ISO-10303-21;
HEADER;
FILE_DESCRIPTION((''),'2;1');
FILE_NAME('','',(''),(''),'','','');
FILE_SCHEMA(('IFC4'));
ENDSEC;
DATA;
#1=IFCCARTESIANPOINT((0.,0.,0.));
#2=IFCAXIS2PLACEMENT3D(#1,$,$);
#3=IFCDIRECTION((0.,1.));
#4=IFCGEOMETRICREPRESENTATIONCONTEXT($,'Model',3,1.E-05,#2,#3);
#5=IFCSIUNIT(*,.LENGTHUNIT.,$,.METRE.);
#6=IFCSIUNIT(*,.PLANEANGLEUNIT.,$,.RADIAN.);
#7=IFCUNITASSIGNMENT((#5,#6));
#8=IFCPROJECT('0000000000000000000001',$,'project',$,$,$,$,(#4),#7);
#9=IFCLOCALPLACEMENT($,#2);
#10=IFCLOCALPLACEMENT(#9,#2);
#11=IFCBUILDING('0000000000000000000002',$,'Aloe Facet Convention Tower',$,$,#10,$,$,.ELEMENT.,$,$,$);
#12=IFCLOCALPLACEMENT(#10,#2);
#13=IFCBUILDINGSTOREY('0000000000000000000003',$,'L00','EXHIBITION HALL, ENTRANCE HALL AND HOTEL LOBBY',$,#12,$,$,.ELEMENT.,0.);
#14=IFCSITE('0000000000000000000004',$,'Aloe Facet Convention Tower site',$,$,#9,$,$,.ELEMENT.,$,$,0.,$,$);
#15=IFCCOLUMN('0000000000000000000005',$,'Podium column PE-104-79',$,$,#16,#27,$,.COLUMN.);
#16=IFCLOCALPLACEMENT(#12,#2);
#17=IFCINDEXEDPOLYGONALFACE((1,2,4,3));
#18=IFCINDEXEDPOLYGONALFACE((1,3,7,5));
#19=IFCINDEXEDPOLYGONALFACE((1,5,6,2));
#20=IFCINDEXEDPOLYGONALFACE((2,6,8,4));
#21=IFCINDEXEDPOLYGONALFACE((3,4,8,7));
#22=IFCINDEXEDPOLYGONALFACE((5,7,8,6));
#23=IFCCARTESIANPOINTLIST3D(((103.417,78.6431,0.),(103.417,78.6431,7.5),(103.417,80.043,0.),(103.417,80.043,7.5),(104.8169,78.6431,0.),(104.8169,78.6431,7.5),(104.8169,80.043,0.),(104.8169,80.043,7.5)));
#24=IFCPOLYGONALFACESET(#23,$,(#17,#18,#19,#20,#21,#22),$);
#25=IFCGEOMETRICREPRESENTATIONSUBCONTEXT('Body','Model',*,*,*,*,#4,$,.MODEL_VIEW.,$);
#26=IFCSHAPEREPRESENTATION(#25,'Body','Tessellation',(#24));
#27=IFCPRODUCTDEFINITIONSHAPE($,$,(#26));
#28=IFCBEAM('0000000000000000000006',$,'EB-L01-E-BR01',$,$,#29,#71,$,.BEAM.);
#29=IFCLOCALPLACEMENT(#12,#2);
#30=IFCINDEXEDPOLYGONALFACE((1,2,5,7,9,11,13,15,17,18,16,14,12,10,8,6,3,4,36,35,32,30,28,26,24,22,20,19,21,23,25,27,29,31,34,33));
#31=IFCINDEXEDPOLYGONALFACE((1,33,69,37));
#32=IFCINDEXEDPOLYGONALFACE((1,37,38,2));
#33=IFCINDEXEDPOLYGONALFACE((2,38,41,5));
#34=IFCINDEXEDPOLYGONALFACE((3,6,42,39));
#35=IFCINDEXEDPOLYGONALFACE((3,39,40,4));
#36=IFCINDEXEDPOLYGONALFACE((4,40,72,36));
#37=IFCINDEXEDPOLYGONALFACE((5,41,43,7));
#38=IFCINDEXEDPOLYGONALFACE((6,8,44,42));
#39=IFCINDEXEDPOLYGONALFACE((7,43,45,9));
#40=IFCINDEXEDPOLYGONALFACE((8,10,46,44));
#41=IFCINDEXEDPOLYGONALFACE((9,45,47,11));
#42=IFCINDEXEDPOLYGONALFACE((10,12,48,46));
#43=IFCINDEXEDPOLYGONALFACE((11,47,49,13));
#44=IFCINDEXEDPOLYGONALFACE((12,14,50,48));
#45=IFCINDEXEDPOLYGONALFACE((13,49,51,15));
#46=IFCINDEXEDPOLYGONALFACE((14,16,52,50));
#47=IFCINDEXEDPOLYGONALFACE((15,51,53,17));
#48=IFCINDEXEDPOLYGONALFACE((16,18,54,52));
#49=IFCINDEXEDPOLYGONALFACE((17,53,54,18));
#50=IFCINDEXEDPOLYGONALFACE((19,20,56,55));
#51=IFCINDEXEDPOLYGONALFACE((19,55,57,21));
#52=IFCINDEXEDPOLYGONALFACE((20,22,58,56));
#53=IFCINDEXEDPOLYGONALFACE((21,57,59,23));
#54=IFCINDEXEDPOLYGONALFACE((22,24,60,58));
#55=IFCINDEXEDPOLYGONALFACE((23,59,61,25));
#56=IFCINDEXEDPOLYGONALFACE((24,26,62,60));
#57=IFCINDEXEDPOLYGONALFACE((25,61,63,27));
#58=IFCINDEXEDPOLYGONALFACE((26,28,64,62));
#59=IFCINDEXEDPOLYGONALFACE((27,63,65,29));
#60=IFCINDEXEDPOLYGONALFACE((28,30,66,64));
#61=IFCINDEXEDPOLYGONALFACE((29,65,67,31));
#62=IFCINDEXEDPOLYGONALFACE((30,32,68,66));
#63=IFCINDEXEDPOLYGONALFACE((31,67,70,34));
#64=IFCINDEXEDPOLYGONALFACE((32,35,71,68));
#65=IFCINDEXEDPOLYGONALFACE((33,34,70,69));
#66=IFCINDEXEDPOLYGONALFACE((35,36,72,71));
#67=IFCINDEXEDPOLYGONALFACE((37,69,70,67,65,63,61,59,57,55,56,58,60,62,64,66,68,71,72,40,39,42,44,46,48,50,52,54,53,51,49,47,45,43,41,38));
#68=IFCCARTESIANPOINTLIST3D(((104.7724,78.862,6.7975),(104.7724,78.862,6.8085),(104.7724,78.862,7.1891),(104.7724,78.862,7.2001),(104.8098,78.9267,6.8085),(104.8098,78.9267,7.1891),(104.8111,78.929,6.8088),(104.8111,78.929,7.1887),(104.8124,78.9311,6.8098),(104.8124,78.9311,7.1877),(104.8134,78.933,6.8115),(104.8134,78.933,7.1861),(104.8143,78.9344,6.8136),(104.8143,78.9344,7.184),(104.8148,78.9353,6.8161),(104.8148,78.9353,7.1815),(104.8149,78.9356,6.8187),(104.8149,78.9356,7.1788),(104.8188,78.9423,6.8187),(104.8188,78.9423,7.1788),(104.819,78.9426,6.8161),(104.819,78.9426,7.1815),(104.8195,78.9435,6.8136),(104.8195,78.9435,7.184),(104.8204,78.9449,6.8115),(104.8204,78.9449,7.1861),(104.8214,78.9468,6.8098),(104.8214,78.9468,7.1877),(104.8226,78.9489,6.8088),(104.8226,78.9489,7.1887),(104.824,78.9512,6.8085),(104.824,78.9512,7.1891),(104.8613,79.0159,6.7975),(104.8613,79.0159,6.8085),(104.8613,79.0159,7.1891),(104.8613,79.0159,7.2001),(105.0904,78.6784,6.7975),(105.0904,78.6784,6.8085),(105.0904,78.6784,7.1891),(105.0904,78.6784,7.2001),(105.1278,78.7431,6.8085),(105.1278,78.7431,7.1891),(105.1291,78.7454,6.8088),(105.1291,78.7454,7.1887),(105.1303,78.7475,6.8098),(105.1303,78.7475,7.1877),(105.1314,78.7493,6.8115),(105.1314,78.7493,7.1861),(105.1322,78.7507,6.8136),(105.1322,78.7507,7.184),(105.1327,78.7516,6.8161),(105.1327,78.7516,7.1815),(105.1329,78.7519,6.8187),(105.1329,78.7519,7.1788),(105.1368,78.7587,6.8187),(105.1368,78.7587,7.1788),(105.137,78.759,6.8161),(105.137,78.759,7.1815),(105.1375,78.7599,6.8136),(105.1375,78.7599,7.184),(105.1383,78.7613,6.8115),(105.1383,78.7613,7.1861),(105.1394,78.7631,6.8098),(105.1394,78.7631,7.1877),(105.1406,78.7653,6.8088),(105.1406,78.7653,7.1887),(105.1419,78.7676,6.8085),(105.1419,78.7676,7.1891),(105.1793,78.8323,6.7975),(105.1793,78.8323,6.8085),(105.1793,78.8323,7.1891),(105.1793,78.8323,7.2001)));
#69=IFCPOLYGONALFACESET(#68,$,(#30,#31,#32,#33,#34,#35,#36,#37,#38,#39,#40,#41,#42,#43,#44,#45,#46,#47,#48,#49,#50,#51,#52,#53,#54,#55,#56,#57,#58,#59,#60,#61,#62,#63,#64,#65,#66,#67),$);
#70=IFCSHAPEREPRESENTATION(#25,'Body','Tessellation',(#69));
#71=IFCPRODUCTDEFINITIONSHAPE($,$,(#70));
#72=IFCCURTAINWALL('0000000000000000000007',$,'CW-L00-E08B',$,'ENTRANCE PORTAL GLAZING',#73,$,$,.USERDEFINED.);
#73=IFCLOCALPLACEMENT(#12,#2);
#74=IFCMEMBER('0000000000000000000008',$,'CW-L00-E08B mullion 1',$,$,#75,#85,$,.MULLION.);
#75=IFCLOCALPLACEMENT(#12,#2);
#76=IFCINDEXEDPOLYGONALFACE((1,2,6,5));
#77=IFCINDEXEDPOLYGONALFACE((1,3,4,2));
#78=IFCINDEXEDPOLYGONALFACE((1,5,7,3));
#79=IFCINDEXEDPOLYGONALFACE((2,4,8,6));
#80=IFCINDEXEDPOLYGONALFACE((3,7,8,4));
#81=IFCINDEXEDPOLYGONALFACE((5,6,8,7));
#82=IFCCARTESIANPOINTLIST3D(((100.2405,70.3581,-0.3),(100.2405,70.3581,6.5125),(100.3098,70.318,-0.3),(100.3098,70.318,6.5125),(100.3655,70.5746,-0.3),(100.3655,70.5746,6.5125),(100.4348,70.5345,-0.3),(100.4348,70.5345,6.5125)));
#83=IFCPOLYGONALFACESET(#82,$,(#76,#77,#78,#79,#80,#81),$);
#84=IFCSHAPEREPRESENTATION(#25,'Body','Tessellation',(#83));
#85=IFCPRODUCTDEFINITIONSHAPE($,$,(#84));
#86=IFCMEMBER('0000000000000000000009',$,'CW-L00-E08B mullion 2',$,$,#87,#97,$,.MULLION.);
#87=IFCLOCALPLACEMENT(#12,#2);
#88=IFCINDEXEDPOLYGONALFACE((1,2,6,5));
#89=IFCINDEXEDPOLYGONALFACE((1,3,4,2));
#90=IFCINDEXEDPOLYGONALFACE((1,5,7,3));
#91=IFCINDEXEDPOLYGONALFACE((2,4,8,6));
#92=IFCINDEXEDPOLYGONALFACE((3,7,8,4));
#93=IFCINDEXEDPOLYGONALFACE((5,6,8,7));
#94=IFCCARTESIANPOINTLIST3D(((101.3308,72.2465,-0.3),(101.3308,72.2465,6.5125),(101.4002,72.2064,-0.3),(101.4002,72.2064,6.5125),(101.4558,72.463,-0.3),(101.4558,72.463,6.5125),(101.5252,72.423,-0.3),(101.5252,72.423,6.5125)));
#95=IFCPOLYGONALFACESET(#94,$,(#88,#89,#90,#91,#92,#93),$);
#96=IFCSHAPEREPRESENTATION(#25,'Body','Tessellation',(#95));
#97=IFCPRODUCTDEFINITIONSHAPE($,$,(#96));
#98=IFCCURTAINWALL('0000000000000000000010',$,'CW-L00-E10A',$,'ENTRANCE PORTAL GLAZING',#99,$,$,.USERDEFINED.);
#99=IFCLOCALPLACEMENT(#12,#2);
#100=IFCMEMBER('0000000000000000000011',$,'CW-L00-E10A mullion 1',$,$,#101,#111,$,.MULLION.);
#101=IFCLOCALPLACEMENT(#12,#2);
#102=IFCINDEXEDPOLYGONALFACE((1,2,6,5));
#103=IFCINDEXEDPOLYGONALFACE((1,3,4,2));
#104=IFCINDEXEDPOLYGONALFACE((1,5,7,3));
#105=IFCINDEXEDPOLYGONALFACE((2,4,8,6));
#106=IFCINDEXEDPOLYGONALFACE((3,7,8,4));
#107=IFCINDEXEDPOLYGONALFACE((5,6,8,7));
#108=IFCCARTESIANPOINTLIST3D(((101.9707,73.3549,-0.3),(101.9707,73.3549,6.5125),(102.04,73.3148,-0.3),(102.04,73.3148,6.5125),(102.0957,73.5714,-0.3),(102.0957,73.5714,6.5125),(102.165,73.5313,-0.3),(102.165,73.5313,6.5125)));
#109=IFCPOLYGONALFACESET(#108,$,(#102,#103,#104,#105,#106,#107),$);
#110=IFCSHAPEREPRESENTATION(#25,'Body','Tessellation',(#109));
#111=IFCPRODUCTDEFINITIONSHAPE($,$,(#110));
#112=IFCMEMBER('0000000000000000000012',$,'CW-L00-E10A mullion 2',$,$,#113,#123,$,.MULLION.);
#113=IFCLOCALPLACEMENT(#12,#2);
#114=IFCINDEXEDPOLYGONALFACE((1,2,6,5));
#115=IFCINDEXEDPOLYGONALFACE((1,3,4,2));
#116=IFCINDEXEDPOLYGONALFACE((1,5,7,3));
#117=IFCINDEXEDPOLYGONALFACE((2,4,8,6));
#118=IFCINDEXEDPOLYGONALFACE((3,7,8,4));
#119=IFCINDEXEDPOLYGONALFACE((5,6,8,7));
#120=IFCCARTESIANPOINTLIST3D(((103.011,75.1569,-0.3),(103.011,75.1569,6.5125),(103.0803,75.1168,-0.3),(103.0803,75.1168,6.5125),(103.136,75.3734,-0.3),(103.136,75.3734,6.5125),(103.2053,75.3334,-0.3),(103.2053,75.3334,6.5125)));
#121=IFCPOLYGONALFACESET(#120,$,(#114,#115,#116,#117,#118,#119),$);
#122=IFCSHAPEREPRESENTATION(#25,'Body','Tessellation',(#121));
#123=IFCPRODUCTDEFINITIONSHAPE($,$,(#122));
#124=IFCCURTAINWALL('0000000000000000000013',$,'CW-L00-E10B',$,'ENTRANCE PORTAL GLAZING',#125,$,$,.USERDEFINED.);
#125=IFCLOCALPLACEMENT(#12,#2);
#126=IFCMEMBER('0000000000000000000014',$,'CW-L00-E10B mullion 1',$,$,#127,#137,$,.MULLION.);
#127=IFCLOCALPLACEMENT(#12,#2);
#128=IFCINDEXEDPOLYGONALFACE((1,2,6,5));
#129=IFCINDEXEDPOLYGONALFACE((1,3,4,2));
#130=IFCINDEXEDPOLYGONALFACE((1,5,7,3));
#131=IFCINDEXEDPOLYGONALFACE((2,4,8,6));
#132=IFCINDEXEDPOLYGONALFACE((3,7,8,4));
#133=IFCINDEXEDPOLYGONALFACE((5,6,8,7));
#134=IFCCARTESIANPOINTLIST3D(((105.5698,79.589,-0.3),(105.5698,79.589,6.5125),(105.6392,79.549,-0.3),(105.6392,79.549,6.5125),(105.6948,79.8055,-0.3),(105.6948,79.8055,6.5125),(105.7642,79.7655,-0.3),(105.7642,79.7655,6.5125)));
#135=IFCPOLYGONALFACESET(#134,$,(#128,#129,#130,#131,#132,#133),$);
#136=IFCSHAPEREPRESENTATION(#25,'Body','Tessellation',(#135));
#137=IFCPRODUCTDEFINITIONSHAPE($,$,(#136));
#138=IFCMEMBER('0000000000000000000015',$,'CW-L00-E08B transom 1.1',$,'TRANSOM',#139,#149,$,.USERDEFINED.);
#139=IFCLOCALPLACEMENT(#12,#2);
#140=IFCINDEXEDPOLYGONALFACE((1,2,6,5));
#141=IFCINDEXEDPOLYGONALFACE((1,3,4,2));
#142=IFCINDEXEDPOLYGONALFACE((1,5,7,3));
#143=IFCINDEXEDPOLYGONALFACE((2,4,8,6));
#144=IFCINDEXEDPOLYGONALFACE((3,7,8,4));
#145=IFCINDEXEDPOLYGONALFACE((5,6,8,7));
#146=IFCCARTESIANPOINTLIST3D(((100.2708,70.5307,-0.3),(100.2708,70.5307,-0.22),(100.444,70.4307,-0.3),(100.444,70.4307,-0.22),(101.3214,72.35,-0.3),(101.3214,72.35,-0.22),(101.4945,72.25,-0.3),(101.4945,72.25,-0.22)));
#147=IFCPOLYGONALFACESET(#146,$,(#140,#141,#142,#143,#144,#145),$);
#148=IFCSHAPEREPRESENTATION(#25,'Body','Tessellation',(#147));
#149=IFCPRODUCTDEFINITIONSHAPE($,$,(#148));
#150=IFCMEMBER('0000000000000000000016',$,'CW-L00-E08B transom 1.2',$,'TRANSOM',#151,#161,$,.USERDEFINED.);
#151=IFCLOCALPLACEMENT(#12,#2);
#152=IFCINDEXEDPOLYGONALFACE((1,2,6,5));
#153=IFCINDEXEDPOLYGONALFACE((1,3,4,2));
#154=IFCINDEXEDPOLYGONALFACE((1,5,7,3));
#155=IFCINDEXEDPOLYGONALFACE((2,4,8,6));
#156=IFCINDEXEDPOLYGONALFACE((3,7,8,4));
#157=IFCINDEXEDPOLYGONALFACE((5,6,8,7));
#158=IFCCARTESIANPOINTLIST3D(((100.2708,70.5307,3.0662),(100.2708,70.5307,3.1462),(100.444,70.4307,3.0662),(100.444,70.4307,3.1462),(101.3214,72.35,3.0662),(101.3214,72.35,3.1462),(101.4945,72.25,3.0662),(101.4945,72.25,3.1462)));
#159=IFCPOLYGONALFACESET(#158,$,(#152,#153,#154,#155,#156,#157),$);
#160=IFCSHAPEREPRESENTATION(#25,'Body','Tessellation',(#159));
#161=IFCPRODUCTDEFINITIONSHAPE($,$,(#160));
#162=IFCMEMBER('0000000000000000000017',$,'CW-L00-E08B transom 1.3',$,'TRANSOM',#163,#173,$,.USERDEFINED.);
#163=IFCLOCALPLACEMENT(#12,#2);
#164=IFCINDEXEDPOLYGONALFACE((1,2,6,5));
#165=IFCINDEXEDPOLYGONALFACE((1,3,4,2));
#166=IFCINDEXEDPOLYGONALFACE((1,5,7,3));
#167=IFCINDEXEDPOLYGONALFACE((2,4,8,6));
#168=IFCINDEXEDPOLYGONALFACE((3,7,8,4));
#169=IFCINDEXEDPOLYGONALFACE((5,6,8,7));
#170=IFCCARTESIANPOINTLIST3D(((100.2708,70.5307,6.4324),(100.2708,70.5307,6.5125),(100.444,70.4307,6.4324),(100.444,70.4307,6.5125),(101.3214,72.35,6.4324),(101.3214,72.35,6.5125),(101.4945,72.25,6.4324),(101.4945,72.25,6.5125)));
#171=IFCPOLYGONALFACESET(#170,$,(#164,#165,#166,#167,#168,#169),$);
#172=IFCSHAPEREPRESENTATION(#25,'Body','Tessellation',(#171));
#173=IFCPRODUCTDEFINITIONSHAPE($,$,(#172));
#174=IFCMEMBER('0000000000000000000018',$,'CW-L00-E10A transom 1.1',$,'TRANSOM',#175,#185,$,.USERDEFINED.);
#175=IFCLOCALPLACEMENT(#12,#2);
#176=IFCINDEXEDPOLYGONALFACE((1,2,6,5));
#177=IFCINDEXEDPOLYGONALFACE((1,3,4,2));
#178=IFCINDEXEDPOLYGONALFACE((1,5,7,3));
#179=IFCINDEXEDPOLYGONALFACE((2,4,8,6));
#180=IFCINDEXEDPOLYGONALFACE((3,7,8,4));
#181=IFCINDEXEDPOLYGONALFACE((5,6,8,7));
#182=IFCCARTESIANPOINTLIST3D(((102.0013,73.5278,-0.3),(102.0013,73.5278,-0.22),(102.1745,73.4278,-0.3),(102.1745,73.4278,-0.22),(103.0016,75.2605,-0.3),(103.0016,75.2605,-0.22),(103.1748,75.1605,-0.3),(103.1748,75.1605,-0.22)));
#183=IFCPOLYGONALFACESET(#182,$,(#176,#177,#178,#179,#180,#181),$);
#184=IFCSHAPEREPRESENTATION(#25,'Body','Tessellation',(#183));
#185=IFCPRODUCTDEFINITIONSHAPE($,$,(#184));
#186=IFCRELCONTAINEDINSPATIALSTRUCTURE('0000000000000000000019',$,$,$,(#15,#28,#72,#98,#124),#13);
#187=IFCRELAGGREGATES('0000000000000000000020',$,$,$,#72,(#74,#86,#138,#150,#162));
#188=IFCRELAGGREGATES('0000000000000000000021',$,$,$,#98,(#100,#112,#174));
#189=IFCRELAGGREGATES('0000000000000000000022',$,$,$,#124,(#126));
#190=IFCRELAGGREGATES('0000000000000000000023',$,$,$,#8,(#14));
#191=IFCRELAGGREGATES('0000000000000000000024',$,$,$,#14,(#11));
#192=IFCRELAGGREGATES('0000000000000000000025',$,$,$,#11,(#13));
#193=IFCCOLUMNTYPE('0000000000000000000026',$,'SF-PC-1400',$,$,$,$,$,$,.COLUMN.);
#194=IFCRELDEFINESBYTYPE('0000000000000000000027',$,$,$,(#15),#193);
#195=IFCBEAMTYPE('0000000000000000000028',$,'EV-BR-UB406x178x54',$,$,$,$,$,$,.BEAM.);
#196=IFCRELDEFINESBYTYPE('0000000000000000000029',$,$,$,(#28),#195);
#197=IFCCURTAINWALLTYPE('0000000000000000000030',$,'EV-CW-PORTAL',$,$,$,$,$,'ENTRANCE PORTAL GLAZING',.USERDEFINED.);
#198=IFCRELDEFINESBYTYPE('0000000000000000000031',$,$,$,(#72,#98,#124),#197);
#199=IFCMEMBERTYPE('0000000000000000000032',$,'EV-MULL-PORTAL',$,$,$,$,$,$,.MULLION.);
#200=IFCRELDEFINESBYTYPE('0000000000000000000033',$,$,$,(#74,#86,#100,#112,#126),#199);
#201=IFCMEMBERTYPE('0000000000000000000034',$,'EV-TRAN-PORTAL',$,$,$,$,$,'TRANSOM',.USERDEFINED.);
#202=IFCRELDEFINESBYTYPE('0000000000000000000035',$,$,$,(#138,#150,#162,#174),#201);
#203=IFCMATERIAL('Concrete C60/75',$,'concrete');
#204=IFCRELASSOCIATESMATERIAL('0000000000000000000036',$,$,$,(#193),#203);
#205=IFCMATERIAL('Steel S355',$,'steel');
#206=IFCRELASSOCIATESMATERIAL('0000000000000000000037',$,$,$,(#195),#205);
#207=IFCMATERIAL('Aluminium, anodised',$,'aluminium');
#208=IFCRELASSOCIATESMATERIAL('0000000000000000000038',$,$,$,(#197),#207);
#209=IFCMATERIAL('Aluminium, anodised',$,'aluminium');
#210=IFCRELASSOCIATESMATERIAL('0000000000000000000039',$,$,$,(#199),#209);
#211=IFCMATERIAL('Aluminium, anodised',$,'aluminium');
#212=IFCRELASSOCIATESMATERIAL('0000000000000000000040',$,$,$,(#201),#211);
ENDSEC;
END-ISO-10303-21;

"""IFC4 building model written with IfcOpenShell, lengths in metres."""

from ifc_helpers import new_model, si_unit, direction, frame, origin, origin_2d, place, context, subcontext, project, spatial, rectangle, i_section, extrude, material, material_profile, profile_set, type_object, element, aggregate, save


model = new_model("IFC4")

# Units and contexts
model_context = context("Model", 3, precision=1e-05, world=origin(), true_north=direction((0.0, 1.0)))
body_context = subcontext(model_context, "Body", "Model", "MODEL_VIEW")
ifc_project = project(units=[si_unit("LENGTHUNIT", "METRE"), si_unit("PLANEANGLEUNIT", "RADIAN")], contexts=[model_context])

# Site, building, storey
site_placement = place(None, origin())
site = spatial("IfcSite", under=ifc_project, at=site_placement, Name="Aloe Facet Convention Tower site", CompositionType="ELEMENT", RefElevation=0.0)
building_placement = place(site_placement, origin())
building = spatial("IfcBuilding", under=site, at=building_placement, Name="Aloe Facet Convention Tower", CompositionType="ELEMENT")
storey_placement = place(building_placement, origin())
storey = spatial("IfcBuildingStorey", under=building, at=storey_placement, Name="L00", Description="EXHIBITION HALL, ENTRANCE HALL AND HOTEL LOBBY", CompositionType="ELEMENT", Elevation=0.0)

# Column
ifc_material_1 = material(Name="Concrete C60/75", Category="concrete")
ifc_material_profile_1 = material_profile(ifc_material_1, rectangle(XDim=1.3999, YDim=1.3999, at=origin_2d()), Name="SF-PC-1400")
ifc_profile_set_1 = profile_set([ifc_material_profile_1], Name="Concrete C60/75")
column_type = type_object("IfcColumnType", Name="SF-PC-1400", PredefinedType="COLUMN", material=ifc_profile_set_1)
column_placement = place(storey_placement, frame((104.1169, 79.343, 0.0), z_axis=(0.0, 0.0, 1.0), x_axis=(1.0, 0.0, 0.0)))
element("IfcColumn", 1, at=column_placement, inside=storey, type_object=column_type, Name="Podium column PE-104-79", PredefinedType="COLUMN", context=body_context, shape_type="SweptSolid", body=[
    extrude(rectangle(XDim=1.3999, YDim=1.3999, at=origin_2d()), origin(), (0.0, 0.0, 1.0), 7.5),
])

# Beam
ifc_material_2 = material(Name="Steel S355", Category="steel")
ifc_material_profile_2 = material_profile(ifc_material_2, i_section(OverallWidth=0.1777, OverallDepth=0.4026, WebThickness=0.0078, FlangeThickness=0.011, FilletRadius=0.0103, at=origin_2d()), Name="UB 406x178x54")
ifc_profile_set_2 = profile_set([ifc_material_profile_2], Name="Steel S355")
beam_type_1 = type_object("IfcBeamType", Name="EV-BR-UB406x178x54", PredefinedType="BEAM", material=ifc_profile_set_2)
beam_1_placement = place(storey_placement, frame((104.8169, 78.939, 6.9988), z_axis=(0.865942, -0.500145, 0.0), x_axis=(0.500145, 0.865942, 0.0)))
element("IfcBeam", 2, at=beam_1_placement, inside=storey, type_object=beam_type_1, Name="EB-L01-E-BR01", PredefinedType="BEAM", context=body_context, shape_type="SweptSolid", body=[
    extrude(i_section(OverallWidth=0.1777, OverallDepth=0.4026, WebThickness=0.0078, FlangeThickness=0.011, FilletRadius=0.0103, at=origin_2d()), origin(), (0.0, 0.0, 1.0), 0.3672),
])

# Curtain walls, members
ifc_material_3 = material(Name="Aluminium, anodised", Category="aluminium")
curtain_wall_type = type_object("IfcCurtainWallType", Name="EV-CW-PORTAL", ElementType="ENTRANCE PORTAL GLAZING", PredefinedType="USERDEFINED", material=ifc_material_3)
curtain_wall_1_placement = place(storey_placement, origin())
curtain_wall_1 = element("IfcCurtainWall", 3, at=curtain_wall_1_placement, inside=storey, type_object=curtain_wall_type, Name="CW-L00-E08B", ObjectType="ENTRANCE PORTAL GLAZING", PredefinedType="USERDEFINED")
ifc_material_4 = material(Name="Aluminium, anodised", Category="aluminium")
ifc_material_profile_3 = material_profile(ifc_material_4, rectangle(XDim=0.0801, YDim=0.25, at=origin_2d()), Name="AL 80x250")
ifc_profile_set_3 = profile_set([ifc_material_profile_3], Name="Aluminium, anodised")
member_type_1 = type_object("IfcMemberType", Name="EV-MULL-PORTAL", PredefinedType="MULLION", material=ifc_profile_set_3)
member_1_placement = place(storey_placement, frame((100.3376, 70.4463, -0.3), z_axis=(0.0, 0.0, 1.0), x_axis=(-0.866025, 0.5, 0.0)))
member_1 = element("IfcMember", 4, at=member_1_placement, type_object=member_type_1, Name="CW-L00-E08B mullion 1", PredefinedType="MULLION", context=body_context, shape_type="SweptSolid", body=[
    extrude(rectangle(XDim=0.0801, YDim=0.25, at=origin_2d()), origin(), (0.0, 0.0, 1.0), 6.8125),
])
member_2_placement = place(storey_placement, frame((101.428, 72.3347, -0.3), z_axis=(0.0, 0.0, 1.0), x_axis=(-0.866025, 0.5, 0.0)))
member_2 = element("IfcMember", 5, at=member_2_placement, type_object=member_type_1, Name="CW-L00-E08B mullion 2", PredefinedType="MULLION", context=body_context, shape_type="SweptSolid", body=[
    extrude(rectangle(XDim=0.0801, YDim=0.25, at=origin_2d()), origin(), (0.0, 0.0, 1.0), 6.8125),
])
curtain_wall_2_placement = place(storey_placement, origin())
curtain_wall_2 = element("IfcCurtainWall", 6, at=curtain_wall_2_placement, inside=storey, type_object=curtain_wall_type, Name="CW-L00-E10A", ObjectType="ENTRANCE PORTAL GLAZING", PredefinedType="USERDEFINED")
member_3_placement = place(storey_placement, frame((102.0679, 73.4431, -0.3), z_axis=(0.0, 0.0, 1.0), x_axis=(-0.866025, 0.5, 0.0)))
member_3 = element("IfcMember", 7, at=member_3_placement, type_object=member_type_1, Name="CW-L00-E10A mullion 1", PredefinedType="MULLION", context=body_context, shape_type="SweptSolid", body=[
    extrude(rectangle(XDim=0.0801, YDim=0.25, at=origin_2d()), origin(), (0.0, 0.0, 1.0), 6.8125),
])
member_4_placement = place(storey_placement, frame((103.1082, 75.2451, -0.3), z_axis=(0.0, 0.0, 1.0), x_axis=(-0.866025, 0.5, 0.0)))
member_4 = element("IfcMember", 8, at=member_4_placement, type_object=member_type_1, Name="CW-L00-E10A mullion 2", PredefinedType="MULLION", context=body_context, shape_type="SweptSolid", body=[
    extrude(rectangle(XDim=0.0801, YDim=0.25, at=origin_2d()), origin(), (0.0, 0.0, 1.0), 6.8125),
])

# Curtain wall, member
curtain_wall_3_placement = place(storey_placement, origin())
curtain_wall_3 = element("IfcCurtainWall", 9, at=curtain_wall_3_placement, inside=storey, type_object=curtain_wall_type, Name="CW-L00-E10B", ObjectType="ENTRANCE PORTAL GLAZING", PredefinedType="USERDEFINED")
member_5_placement = place(storey_placement, frame((105.667, 79.6772, -0.3), z_axis=(0.0, 0.0, 1.0), x_axis=(-0.866025, 0.5, 0.0)))
member_5 = element("IfcMember", 10, at=member_5_placement, type_object=member_type_1, Name="CW-L00-E10B mullion 1", PredefinedType="MULLION", context=body_context, shape_type="SweptSolid", body=[
    extrude(rectangle(XDim=0.0801, YDim=0.25, at=origin_2d()), origin(), (0.0, 0.0, 1.0), 6.8125),
])

# Members
ifc_material_5 = material(Name="Aluminium, anodised", Category="aluminium")
ifc_material_profile_4 = material_profile(ifc_material_5, rectangle(XDim=0.2, YDim=0.0801, at=origin_2d()), Name="AL 200x80")
ifc_profile_set_4 = profile_set([ifc_material_profile_4], Name="Aluminium, anodised")
member_type_2 = type_object("IfcMemberType", Name="EV-TRAN-PORTAL", ElementType="TRANSOM", PredefinedType="USERDEFINED", material=ifc_profile_set_4)
member_6_placement = place(storey_placement, frame((100.3574, 70.4807, -0.26), z_axis=(0.500051, 0.865996, 0.0), x_axis=(-0.865996, 0.500051, 0.0)))
member_6 = element("IfcMember", 11, at=member_6_placement, type_object=member_type_2, Name="CW-L00-E08B transom 1.1", ObjectType="TRANSOM", PredefinedType="USERDEFINED", context=body_context, shape_type="SweptSolid", body=[
    extrude(rectangle(XDim=0.2, YDim=0.0801, at=origin_2d()), origin(), (0.0, 0.0, 1.0), 2.1008),
])
member_7_placement = place(storey_placement, frame((100.3574, 70.4807, 3.1062), z_axis=(0.500051, 0.865996, 0.0), x_axis=(-0.865996, 0.500051, 0.0)))
member_7 = element("IfcMember", 12, at=member_7_placement, type_object=member_type_2, Name="CW-L00-E08B transom 1.2", ObjectType="TRANSOM", PredefinedType="USERDEFINED", context=body_context, shape_type="SweptSolid", body=[
    extrude(rectangle(XDim=0.2, YDim=0.0801, at=origin_2d()), origin(), (0.0, 0.0, 1.0), 2.1008),
])
member_8_placement = place(storey_placement, frame((100.3574, 70.4807, 6.4724), z_axis=(0.500051, 0.865996, 0.0), x_axis=(-0.865996, 0.500051, 0.0)))
member_8 = element("IfcMember", 13, at=member_8_placement, type_object=member_type_2, Name="CW-L00-E08B transom 1.3", ObjectType="TRANSOM", PredefinedType="USERDEFINED", context=body_context, shape_type="SweptSolid", body=[
    extrude(rectangle(XDim=0.2, YDim=0.0801, at=origin_2d()), origin(), (0.0, 0.0, 1.0), 2.1008),
])
member_9_placement = place(storey_placement, frame((102.0879, 73.4778, -0.26), z_axis=(0.499958, 0.866049, 0.0), x_axis=(-0.866049, 0.499958, 0.0)))
member_9 = element("IfcMember", 14, at=member_9_placement, type_object=member_type_2, Name="CW-L00-E10A transom 1.1", ObjectType="TRANSOM", PredefinedType="USERDEFINED", context=body_context, shape_type="SweptSolid", body=[
    extrude(rectangle(XDim=0.2, YDim=0.0801, at=origin_2d()), origin(), (0.0, 0.0, 1.0), 2.0007),
])

aggregate(curtain_wall_1, [member_1, member_2, member_6, member_7, member_8])
aggregate(curtain_wall_2, [member_3, member_4, member_9])
aggregate(curtain_wall_3, [member_5])

save(model, "model.ifc")
